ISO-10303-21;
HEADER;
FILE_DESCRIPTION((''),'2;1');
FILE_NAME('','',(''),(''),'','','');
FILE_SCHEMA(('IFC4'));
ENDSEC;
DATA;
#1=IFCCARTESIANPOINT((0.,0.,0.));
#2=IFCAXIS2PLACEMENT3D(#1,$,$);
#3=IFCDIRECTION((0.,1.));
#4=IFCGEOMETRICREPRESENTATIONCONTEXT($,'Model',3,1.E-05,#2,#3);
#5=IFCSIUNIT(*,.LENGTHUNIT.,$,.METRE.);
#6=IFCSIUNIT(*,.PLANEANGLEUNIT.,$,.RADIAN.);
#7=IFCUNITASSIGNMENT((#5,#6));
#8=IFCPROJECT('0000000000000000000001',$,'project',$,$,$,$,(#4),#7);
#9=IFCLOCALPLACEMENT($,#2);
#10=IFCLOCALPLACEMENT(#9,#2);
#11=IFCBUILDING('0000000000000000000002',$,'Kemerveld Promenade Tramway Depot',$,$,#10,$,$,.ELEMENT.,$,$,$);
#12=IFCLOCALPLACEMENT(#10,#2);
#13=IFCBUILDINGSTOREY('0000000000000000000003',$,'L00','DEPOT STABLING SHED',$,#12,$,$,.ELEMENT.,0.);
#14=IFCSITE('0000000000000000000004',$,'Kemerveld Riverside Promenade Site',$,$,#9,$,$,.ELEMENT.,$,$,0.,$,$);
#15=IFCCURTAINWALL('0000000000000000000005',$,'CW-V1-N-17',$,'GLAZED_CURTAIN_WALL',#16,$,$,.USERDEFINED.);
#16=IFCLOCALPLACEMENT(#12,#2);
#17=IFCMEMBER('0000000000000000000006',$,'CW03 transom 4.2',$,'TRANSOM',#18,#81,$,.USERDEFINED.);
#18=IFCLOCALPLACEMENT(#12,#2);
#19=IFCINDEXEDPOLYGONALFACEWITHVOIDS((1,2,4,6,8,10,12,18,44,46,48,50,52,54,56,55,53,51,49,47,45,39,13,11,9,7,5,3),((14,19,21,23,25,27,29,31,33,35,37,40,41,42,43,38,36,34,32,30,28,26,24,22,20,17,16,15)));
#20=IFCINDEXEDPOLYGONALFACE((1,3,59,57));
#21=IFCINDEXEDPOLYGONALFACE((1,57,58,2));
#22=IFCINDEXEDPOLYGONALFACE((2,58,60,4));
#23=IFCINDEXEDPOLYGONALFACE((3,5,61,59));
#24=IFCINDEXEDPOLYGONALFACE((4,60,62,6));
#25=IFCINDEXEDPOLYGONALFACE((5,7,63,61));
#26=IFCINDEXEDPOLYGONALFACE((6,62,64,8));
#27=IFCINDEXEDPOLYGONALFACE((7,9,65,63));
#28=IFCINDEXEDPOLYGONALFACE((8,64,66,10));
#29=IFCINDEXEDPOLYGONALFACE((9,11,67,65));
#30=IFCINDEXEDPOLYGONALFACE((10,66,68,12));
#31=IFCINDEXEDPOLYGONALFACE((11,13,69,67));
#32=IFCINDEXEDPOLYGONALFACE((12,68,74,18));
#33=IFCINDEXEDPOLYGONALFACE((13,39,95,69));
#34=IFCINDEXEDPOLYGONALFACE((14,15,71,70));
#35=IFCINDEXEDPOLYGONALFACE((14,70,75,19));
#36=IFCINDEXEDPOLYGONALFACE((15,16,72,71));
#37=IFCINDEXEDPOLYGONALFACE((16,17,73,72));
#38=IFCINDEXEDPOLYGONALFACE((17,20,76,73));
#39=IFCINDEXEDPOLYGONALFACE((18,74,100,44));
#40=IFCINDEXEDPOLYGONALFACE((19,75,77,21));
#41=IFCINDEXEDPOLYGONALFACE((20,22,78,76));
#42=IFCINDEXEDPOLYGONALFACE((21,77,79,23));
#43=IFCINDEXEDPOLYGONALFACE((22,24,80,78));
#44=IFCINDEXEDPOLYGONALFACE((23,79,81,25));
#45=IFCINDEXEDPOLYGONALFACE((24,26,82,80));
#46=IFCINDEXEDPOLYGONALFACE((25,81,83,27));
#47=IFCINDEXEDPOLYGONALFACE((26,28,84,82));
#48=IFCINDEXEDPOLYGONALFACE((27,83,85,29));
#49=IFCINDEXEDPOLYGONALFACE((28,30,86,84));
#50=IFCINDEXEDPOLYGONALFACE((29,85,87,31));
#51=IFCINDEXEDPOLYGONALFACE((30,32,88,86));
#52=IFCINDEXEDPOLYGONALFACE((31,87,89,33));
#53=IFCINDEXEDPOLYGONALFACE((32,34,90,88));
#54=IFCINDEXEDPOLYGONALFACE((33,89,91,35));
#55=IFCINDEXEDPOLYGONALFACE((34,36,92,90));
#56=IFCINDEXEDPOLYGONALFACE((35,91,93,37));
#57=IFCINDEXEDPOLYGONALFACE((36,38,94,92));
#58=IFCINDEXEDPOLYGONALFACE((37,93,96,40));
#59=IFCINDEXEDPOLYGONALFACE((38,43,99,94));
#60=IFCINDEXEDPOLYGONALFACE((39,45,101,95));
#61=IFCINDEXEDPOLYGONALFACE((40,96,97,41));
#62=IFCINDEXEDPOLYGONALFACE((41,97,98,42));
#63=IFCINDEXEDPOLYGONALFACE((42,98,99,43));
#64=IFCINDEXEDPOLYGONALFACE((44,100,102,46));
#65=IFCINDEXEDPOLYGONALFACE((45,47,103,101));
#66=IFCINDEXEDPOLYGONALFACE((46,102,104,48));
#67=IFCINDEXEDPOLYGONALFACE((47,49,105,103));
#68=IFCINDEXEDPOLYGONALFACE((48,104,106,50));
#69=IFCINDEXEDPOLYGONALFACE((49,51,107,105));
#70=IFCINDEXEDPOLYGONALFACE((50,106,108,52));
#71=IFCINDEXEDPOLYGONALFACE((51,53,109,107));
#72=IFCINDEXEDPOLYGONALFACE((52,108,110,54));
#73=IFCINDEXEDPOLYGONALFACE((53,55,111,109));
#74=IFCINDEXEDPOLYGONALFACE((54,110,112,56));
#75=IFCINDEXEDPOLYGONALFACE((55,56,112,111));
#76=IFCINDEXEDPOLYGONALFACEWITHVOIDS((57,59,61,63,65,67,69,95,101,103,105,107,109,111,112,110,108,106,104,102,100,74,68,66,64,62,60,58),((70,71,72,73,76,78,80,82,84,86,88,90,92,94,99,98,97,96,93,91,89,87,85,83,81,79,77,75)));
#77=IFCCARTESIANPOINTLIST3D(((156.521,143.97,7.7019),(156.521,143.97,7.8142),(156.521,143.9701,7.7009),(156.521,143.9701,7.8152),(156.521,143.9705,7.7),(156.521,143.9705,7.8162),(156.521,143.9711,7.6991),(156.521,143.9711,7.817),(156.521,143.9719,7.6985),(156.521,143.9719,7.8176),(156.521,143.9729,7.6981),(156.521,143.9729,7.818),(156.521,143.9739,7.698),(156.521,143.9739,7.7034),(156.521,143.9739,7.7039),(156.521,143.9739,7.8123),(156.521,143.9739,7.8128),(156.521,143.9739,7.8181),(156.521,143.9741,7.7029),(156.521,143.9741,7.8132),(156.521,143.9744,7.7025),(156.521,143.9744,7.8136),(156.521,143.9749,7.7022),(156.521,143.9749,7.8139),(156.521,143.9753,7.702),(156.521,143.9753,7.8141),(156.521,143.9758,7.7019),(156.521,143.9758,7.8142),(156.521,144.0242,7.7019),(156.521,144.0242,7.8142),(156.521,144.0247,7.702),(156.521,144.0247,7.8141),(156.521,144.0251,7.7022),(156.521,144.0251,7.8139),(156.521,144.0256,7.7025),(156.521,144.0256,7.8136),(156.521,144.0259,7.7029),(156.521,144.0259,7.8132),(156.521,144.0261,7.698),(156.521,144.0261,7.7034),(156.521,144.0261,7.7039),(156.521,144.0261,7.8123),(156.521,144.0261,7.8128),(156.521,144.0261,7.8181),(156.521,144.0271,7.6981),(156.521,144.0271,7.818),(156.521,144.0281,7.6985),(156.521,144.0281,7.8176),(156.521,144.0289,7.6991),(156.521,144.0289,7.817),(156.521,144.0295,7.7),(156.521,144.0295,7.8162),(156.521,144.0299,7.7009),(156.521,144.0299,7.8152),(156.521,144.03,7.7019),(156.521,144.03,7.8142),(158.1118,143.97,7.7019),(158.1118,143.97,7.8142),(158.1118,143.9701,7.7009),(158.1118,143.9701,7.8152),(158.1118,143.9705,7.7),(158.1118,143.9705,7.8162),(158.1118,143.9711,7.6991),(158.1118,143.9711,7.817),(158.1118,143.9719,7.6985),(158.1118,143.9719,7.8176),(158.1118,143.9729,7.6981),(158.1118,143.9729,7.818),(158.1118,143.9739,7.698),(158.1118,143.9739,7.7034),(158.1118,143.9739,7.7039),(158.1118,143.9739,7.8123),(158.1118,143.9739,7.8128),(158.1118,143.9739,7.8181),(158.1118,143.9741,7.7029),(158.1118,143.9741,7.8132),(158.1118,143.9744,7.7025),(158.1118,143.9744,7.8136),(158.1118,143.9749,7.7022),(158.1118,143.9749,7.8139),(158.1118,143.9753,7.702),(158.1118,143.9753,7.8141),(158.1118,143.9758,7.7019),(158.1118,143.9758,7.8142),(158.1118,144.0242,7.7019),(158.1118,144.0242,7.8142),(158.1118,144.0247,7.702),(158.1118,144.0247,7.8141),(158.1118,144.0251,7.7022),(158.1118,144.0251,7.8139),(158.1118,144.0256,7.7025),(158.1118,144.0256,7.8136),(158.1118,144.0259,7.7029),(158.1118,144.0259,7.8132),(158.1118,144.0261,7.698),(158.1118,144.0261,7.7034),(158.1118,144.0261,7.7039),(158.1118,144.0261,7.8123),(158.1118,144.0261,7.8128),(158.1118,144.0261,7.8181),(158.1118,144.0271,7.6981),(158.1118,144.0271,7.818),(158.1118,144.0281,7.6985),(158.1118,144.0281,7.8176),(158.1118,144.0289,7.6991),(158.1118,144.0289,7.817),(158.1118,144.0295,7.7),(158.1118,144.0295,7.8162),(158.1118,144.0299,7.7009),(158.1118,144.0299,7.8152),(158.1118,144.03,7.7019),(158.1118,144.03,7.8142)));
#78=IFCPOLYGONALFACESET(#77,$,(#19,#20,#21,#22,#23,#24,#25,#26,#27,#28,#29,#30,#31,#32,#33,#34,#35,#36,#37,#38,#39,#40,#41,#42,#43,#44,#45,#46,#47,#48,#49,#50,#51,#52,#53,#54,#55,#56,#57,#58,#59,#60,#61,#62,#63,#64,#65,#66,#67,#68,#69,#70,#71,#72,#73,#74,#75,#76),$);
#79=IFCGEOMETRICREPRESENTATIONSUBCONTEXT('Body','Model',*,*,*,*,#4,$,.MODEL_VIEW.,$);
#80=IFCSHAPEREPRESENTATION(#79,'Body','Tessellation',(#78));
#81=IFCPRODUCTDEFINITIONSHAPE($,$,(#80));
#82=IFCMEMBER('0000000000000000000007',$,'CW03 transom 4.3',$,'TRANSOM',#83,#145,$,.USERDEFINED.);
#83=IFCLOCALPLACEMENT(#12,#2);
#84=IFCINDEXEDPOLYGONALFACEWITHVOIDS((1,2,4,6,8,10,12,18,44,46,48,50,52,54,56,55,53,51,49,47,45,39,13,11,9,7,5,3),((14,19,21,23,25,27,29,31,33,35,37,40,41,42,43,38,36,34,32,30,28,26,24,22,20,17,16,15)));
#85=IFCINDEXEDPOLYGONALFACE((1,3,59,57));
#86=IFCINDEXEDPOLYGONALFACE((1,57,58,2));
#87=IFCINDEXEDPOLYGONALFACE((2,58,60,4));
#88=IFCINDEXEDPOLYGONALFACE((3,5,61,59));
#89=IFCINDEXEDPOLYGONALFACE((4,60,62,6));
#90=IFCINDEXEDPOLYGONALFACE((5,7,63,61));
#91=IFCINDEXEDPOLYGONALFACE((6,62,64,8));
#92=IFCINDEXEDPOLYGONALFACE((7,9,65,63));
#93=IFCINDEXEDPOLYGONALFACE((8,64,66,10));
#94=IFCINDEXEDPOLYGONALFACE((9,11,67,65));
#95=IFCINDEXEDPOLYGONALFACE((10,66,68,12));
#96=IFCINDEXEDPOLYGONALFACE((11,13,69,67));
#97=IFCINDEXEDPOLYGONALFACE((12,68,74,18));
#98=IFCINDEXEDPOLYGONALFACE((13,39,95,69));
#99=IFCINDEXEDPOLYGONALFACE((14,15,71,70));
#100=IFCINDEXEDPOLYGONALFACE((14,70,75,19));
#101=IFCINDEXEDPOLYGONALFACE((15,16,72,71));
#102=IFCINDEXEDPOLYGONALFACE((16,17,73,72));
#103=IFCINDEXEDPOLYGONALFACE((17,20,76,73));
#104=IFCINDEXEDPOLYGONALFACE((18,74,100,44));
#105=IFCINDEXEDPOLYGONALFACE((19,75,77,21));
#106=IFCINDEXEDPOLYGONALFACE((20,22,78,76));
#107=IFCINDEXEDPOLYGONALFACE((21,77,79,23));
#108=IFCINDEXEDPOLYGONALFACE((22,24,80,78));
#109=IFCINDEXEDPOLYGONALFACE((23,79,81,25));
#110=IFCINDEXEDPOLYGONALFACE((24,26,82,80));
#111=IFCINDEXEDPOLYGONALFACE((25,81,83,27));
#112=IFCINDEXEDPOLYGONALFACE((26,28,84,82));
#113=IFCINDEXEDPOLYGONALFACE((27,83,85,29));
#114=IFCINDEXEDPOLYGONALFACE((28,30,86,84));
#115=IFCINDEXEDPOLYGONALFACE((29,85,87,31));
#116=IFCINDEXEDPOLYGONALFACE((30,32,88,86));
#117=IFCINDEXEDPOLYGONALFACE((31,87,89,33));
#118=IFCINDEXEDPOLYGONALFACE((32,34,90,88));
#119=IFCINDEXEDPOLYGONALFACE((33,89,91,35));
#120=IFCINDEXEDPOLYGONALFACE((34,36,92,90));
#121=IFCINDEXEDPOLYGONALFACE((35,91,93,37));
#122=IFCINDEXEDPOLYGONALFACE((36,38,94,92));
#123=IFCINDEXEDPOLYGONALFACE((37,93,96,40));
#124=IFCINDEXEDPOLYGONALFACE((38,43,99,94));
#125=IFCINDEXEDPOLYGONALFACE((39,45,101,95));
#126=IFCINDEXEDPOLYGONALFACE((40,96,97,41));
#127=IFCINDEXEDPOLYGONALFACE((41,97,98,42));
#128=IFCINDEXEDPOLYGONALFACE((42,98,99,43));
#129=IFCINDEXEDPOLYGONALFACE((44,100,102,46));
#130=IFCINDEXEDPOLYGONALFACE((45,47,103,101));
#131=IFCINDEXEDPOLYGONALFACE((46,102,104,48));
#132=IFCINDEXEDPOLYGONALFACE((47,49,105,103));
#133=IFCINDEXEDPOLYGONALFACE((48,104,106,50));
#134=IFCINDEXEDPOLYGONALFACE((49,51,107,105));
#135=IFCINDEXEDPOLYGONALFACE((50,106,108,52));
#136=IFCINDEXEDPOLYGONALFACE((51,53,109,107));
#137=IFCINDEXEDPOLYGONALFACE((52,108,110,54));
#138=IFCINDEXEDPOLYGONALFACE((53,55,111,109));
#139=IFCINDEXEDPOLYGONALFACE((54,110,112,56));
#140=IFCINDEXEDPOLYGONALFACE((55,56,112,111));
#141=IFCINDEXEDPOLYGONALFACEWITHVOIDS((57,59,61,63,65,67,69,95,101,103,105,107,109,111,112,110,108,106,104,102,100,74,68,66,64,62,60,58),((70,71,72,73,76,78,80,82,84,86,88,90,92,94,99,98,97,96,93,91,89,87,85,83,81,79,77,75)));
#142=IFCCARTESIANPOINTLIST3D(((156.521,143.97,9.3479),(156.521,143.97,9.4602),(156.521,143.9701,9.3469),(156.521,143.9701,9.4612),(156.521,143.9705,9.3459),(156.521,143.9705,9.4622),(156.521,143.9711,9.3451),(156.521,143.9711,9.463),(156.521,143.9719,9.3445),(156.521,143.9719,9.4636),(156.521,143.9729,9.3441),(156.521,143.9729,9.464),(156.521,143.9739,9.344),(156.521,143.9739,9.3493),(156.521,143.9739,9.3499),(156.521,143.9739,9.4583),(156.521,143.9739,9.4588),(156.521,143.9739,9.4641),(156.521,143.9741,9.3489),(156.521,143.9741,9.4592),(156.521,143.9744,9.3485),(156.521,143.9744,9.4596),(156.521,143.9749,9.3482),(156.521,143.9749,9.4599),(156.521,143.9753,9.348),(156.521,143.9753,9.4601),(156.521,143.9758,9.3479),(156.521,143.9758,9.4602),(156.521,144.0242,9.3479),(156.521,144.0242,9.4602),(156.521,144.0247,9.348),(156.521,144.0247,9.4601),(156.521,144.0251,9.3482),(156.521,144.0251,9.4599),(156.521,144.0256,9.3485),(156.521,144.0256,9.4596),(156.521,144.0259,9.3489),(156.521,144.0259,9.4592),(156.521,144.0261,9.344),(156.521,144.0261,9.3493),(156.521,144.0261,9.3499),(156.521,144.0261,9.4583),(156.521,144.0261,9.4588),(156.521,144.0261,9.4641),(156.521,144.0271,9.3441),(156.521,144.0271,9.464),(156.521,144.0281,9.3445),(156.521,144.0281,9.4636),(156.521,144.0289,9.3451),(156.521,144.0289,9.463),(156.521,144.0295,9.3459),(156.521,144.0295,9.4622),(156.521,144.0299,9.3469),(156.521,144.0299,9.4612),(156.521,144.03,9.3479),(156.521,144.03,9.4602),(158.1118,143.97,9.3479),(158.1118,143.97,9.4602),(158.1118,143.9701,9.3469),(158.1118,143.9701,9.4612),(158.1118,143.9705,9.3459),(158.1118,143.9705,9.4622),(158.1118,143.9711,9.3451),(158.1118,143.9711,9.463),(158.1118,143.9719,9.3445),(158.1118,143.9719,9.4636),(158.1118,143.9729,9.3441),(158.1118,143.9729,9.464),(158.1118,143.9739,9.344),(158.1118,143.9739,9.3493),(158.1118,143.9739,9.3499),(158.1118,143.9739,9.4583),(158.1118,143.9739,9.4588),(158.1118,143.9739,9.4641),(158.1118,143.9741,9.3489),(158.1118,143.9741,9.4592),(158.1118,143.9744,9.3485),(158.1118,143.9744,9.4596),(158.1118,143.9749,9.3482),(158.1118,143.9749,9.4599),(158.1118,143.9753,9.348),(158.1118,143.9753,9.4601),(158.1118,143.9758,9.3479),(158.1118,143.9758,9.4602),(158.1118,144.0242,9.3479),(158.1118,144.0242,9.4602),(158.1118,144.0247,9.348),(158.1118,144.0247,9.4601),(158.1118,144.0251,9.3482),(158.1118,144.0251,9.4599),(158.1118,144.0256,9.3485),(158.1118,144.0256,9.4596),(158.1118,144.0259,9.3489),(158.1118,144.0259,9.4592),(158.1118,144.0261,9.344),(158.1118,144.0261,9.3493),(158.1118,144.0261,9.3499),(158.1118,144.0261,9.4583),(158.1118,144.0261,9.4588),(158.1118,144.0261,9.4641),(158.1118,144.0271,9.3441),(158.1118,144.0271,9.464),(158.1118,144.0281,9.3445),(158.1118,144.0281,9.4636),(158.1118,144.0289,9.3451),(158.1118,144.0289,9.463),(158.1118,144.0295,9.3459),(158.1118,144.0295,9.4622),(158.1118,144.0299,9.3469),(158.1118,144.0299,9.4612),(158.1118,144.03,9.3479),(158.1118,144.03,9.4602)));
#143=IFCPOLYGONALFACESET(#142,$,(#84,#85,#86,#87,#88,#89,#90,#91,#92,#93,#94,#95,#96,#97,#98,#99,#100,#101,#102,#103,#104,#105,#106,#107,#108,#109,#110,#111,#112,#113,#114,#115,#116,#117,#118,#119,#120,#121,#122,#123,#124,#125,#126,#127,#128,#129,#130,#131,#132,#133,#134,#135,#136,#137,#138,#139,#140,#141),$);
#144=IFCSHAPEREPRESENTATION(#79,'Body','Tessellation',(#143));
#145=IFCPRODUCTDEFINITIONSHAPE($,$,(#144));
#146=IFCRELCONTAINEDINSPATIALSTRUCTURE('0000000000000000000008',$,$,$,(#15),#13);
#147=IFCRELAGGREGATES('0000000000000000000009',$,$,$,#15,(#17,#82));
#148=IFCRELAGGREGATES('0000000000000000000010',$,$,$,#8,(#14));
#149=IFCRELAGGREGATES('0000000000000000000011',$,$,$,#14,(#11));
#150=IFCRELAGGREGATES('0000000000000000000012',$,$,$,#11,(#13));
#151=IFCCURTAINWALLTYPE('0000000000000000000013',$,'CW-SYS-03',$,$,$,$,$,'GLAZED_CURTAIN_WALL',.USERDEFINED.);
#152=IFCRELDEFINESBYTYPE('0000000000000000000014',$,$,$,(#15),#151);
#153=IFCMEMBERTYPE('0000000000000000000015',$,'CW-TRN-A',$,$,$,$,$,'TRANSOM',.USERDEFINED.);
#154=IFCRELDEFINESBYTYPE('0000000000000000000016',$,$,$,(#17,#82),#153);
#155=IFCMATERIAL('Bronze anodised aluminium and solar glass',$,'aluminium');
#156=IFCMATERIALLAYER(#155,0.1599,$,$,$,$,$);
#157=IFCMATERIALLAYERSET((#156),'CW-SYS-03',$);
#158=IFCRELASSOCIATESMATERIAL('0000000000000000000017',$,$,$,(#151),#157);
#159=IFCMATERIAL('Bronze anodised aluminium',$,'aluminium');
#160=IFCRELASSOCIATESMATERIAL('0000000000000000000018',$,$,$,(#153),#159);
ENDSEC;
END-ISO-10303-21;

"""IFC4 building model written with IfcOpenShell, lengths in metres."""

from ifc_helpers import new_model, si_unit, direction, frame, origin, origin_2d, place, context, subcontext, project, spatial, hollow_rectangle, extrude, material, layer, layer_set, material_profile, profile_set, type_object, element, aggregate, save


model = new_model("IFC4")

# Units and contexts
model_context = context("Model", 3, precision=1e-05, world=origin(), true_north=direction((0.0, 1.0)))
body_context = subcontext(model_context, "Body", "Model", "MODEL_VIEW")
ifc_project = project(units=[si_unit("LENGTHUNIT", "METRE"), si_unit("PLANEANGLEUNIT", "RADIAN")], contexts=[model_context])

# Site, building, storey
site_placement = place(None, origin())
site = spatial("IfcSite", under=ifc_project, at=site_placement, Name="Kemerveld Riverside Promenade Site", CompositionType="ELEMENT", RefElevation=0.0)
building_placement = place(site_placement, origin())
building = spatial("IfcBuilding", under=site, at=building_placement, Name="Kemerveld Promenade Tramway Depot", CompositionType="ELEMENT")
storey_placement = place(building_placement, origin())
storey = spatial("IfcBuildingStorey", under=building, at=storey_placement, Name="L00", Description="DEPOT STABLING SHED", CompositionType="ELEMENT", Elevation=0.0)

# Curtain wall, members
ifc_material_1 = material(Name="Bronze anodised aluminium and solar glass", Category="aluminium")
ifc_layer_1 = layer(ifc_material_1, 0.1599)
ifc_layer_set_1 = layer_set([ifc_layer_1], Name="CW-SYS-03")
curtain_wall_type = type_object("IfcCurtainWallType", Name="CW-SYS-03", ElementType="GLAZED_CURTAIN_WALL", PredefinedType="USERDEFINED", material=ifc_layer_set_1)
curtain_wall_placement = place(storey_placement, origin())
curtain_wall = element("IfcCurtainWall", 1, at=curtain_wall_placement, inside=storey, type_object=curtain_wall_type, Name="CW-V1-N-17", ObjectType="GLAZED_CURTAIN_WALL", PredefinedType="USERDEFINED")
ifc_material_2 = material(Name="Bronze anodised aluminium", Category="aluminium")
ifc_material_profile_1 = material_profile(ifc_material_2, hollow_rectangle(XDim=0.0601, YDim=0.1201, WallThickness=0.0039, InnerFilletRadius=0.002, OuterFilletRadius=0.0039, at=origin_2d()), Name="CW-TRN-120x60")
ifc_profile_set_1 = profile_set([ifc_material_profile_1], Name="Bronze anodised aluminium")
member_type_1 = type_object("IfcMemberType", Name="CW-TRN-A", ElementType="TRANSOM", PredefinedType="USERDEFINED", material=ifc_profile_set_1)
member_1_placement = place(storey_placement, frame((156.521, 144.0, 7.7581), z_axis=(1.0, 0.0, 0.0), x_axis=(0.0, 1.0, 0.0)))
member_1 = element("IfcMember", 2, at=member_1_placement, type_object=member_type_1, Name="CW03 transom 4.2", ObjectType="TRANSOM", PredefinedType="USERDEFINED", context=body_context, shape_type="SweptSolid", body=[
    extrude(hollow_rectangle(XDim=0.0601, YDim=0.1201, WallThickness=0.0039, InnerFilletRadius=0.002, OuterFilletRadius=0.0039, at=origin_2d()), origin(), (0.0, 0.0, 1.0), 1.5908),
])
member_2_placement = place(storey_placement, frame((156.521, 144.0, 9.4041), z_axis=(1.0, 0.0, 0.0), x_axis=(0.0, 1.0, 0.0)))
member_2 = element("IfcMember", 3, at=member_2_placement, type_object=member_type_1, Name="CW03 transom 4.3", ObjectType="TRANSOM", PredefinedType="USERDEFINED", context=body_context, shape_type="SweptSolid", body=[
    extrude(hollow_rectangle(XDim=0.0601, YDim=0.1201, WallThickness=0.0039, InnerFilletRadius=0.002, OuterFilletRadius=0.0039, at=origin_2d()), origin(), (0.0, 0.0, 1.0), 1.5908),
])
aggregate(curtain_wall, [member_1, member_2])

save(model, "model.ifc")
